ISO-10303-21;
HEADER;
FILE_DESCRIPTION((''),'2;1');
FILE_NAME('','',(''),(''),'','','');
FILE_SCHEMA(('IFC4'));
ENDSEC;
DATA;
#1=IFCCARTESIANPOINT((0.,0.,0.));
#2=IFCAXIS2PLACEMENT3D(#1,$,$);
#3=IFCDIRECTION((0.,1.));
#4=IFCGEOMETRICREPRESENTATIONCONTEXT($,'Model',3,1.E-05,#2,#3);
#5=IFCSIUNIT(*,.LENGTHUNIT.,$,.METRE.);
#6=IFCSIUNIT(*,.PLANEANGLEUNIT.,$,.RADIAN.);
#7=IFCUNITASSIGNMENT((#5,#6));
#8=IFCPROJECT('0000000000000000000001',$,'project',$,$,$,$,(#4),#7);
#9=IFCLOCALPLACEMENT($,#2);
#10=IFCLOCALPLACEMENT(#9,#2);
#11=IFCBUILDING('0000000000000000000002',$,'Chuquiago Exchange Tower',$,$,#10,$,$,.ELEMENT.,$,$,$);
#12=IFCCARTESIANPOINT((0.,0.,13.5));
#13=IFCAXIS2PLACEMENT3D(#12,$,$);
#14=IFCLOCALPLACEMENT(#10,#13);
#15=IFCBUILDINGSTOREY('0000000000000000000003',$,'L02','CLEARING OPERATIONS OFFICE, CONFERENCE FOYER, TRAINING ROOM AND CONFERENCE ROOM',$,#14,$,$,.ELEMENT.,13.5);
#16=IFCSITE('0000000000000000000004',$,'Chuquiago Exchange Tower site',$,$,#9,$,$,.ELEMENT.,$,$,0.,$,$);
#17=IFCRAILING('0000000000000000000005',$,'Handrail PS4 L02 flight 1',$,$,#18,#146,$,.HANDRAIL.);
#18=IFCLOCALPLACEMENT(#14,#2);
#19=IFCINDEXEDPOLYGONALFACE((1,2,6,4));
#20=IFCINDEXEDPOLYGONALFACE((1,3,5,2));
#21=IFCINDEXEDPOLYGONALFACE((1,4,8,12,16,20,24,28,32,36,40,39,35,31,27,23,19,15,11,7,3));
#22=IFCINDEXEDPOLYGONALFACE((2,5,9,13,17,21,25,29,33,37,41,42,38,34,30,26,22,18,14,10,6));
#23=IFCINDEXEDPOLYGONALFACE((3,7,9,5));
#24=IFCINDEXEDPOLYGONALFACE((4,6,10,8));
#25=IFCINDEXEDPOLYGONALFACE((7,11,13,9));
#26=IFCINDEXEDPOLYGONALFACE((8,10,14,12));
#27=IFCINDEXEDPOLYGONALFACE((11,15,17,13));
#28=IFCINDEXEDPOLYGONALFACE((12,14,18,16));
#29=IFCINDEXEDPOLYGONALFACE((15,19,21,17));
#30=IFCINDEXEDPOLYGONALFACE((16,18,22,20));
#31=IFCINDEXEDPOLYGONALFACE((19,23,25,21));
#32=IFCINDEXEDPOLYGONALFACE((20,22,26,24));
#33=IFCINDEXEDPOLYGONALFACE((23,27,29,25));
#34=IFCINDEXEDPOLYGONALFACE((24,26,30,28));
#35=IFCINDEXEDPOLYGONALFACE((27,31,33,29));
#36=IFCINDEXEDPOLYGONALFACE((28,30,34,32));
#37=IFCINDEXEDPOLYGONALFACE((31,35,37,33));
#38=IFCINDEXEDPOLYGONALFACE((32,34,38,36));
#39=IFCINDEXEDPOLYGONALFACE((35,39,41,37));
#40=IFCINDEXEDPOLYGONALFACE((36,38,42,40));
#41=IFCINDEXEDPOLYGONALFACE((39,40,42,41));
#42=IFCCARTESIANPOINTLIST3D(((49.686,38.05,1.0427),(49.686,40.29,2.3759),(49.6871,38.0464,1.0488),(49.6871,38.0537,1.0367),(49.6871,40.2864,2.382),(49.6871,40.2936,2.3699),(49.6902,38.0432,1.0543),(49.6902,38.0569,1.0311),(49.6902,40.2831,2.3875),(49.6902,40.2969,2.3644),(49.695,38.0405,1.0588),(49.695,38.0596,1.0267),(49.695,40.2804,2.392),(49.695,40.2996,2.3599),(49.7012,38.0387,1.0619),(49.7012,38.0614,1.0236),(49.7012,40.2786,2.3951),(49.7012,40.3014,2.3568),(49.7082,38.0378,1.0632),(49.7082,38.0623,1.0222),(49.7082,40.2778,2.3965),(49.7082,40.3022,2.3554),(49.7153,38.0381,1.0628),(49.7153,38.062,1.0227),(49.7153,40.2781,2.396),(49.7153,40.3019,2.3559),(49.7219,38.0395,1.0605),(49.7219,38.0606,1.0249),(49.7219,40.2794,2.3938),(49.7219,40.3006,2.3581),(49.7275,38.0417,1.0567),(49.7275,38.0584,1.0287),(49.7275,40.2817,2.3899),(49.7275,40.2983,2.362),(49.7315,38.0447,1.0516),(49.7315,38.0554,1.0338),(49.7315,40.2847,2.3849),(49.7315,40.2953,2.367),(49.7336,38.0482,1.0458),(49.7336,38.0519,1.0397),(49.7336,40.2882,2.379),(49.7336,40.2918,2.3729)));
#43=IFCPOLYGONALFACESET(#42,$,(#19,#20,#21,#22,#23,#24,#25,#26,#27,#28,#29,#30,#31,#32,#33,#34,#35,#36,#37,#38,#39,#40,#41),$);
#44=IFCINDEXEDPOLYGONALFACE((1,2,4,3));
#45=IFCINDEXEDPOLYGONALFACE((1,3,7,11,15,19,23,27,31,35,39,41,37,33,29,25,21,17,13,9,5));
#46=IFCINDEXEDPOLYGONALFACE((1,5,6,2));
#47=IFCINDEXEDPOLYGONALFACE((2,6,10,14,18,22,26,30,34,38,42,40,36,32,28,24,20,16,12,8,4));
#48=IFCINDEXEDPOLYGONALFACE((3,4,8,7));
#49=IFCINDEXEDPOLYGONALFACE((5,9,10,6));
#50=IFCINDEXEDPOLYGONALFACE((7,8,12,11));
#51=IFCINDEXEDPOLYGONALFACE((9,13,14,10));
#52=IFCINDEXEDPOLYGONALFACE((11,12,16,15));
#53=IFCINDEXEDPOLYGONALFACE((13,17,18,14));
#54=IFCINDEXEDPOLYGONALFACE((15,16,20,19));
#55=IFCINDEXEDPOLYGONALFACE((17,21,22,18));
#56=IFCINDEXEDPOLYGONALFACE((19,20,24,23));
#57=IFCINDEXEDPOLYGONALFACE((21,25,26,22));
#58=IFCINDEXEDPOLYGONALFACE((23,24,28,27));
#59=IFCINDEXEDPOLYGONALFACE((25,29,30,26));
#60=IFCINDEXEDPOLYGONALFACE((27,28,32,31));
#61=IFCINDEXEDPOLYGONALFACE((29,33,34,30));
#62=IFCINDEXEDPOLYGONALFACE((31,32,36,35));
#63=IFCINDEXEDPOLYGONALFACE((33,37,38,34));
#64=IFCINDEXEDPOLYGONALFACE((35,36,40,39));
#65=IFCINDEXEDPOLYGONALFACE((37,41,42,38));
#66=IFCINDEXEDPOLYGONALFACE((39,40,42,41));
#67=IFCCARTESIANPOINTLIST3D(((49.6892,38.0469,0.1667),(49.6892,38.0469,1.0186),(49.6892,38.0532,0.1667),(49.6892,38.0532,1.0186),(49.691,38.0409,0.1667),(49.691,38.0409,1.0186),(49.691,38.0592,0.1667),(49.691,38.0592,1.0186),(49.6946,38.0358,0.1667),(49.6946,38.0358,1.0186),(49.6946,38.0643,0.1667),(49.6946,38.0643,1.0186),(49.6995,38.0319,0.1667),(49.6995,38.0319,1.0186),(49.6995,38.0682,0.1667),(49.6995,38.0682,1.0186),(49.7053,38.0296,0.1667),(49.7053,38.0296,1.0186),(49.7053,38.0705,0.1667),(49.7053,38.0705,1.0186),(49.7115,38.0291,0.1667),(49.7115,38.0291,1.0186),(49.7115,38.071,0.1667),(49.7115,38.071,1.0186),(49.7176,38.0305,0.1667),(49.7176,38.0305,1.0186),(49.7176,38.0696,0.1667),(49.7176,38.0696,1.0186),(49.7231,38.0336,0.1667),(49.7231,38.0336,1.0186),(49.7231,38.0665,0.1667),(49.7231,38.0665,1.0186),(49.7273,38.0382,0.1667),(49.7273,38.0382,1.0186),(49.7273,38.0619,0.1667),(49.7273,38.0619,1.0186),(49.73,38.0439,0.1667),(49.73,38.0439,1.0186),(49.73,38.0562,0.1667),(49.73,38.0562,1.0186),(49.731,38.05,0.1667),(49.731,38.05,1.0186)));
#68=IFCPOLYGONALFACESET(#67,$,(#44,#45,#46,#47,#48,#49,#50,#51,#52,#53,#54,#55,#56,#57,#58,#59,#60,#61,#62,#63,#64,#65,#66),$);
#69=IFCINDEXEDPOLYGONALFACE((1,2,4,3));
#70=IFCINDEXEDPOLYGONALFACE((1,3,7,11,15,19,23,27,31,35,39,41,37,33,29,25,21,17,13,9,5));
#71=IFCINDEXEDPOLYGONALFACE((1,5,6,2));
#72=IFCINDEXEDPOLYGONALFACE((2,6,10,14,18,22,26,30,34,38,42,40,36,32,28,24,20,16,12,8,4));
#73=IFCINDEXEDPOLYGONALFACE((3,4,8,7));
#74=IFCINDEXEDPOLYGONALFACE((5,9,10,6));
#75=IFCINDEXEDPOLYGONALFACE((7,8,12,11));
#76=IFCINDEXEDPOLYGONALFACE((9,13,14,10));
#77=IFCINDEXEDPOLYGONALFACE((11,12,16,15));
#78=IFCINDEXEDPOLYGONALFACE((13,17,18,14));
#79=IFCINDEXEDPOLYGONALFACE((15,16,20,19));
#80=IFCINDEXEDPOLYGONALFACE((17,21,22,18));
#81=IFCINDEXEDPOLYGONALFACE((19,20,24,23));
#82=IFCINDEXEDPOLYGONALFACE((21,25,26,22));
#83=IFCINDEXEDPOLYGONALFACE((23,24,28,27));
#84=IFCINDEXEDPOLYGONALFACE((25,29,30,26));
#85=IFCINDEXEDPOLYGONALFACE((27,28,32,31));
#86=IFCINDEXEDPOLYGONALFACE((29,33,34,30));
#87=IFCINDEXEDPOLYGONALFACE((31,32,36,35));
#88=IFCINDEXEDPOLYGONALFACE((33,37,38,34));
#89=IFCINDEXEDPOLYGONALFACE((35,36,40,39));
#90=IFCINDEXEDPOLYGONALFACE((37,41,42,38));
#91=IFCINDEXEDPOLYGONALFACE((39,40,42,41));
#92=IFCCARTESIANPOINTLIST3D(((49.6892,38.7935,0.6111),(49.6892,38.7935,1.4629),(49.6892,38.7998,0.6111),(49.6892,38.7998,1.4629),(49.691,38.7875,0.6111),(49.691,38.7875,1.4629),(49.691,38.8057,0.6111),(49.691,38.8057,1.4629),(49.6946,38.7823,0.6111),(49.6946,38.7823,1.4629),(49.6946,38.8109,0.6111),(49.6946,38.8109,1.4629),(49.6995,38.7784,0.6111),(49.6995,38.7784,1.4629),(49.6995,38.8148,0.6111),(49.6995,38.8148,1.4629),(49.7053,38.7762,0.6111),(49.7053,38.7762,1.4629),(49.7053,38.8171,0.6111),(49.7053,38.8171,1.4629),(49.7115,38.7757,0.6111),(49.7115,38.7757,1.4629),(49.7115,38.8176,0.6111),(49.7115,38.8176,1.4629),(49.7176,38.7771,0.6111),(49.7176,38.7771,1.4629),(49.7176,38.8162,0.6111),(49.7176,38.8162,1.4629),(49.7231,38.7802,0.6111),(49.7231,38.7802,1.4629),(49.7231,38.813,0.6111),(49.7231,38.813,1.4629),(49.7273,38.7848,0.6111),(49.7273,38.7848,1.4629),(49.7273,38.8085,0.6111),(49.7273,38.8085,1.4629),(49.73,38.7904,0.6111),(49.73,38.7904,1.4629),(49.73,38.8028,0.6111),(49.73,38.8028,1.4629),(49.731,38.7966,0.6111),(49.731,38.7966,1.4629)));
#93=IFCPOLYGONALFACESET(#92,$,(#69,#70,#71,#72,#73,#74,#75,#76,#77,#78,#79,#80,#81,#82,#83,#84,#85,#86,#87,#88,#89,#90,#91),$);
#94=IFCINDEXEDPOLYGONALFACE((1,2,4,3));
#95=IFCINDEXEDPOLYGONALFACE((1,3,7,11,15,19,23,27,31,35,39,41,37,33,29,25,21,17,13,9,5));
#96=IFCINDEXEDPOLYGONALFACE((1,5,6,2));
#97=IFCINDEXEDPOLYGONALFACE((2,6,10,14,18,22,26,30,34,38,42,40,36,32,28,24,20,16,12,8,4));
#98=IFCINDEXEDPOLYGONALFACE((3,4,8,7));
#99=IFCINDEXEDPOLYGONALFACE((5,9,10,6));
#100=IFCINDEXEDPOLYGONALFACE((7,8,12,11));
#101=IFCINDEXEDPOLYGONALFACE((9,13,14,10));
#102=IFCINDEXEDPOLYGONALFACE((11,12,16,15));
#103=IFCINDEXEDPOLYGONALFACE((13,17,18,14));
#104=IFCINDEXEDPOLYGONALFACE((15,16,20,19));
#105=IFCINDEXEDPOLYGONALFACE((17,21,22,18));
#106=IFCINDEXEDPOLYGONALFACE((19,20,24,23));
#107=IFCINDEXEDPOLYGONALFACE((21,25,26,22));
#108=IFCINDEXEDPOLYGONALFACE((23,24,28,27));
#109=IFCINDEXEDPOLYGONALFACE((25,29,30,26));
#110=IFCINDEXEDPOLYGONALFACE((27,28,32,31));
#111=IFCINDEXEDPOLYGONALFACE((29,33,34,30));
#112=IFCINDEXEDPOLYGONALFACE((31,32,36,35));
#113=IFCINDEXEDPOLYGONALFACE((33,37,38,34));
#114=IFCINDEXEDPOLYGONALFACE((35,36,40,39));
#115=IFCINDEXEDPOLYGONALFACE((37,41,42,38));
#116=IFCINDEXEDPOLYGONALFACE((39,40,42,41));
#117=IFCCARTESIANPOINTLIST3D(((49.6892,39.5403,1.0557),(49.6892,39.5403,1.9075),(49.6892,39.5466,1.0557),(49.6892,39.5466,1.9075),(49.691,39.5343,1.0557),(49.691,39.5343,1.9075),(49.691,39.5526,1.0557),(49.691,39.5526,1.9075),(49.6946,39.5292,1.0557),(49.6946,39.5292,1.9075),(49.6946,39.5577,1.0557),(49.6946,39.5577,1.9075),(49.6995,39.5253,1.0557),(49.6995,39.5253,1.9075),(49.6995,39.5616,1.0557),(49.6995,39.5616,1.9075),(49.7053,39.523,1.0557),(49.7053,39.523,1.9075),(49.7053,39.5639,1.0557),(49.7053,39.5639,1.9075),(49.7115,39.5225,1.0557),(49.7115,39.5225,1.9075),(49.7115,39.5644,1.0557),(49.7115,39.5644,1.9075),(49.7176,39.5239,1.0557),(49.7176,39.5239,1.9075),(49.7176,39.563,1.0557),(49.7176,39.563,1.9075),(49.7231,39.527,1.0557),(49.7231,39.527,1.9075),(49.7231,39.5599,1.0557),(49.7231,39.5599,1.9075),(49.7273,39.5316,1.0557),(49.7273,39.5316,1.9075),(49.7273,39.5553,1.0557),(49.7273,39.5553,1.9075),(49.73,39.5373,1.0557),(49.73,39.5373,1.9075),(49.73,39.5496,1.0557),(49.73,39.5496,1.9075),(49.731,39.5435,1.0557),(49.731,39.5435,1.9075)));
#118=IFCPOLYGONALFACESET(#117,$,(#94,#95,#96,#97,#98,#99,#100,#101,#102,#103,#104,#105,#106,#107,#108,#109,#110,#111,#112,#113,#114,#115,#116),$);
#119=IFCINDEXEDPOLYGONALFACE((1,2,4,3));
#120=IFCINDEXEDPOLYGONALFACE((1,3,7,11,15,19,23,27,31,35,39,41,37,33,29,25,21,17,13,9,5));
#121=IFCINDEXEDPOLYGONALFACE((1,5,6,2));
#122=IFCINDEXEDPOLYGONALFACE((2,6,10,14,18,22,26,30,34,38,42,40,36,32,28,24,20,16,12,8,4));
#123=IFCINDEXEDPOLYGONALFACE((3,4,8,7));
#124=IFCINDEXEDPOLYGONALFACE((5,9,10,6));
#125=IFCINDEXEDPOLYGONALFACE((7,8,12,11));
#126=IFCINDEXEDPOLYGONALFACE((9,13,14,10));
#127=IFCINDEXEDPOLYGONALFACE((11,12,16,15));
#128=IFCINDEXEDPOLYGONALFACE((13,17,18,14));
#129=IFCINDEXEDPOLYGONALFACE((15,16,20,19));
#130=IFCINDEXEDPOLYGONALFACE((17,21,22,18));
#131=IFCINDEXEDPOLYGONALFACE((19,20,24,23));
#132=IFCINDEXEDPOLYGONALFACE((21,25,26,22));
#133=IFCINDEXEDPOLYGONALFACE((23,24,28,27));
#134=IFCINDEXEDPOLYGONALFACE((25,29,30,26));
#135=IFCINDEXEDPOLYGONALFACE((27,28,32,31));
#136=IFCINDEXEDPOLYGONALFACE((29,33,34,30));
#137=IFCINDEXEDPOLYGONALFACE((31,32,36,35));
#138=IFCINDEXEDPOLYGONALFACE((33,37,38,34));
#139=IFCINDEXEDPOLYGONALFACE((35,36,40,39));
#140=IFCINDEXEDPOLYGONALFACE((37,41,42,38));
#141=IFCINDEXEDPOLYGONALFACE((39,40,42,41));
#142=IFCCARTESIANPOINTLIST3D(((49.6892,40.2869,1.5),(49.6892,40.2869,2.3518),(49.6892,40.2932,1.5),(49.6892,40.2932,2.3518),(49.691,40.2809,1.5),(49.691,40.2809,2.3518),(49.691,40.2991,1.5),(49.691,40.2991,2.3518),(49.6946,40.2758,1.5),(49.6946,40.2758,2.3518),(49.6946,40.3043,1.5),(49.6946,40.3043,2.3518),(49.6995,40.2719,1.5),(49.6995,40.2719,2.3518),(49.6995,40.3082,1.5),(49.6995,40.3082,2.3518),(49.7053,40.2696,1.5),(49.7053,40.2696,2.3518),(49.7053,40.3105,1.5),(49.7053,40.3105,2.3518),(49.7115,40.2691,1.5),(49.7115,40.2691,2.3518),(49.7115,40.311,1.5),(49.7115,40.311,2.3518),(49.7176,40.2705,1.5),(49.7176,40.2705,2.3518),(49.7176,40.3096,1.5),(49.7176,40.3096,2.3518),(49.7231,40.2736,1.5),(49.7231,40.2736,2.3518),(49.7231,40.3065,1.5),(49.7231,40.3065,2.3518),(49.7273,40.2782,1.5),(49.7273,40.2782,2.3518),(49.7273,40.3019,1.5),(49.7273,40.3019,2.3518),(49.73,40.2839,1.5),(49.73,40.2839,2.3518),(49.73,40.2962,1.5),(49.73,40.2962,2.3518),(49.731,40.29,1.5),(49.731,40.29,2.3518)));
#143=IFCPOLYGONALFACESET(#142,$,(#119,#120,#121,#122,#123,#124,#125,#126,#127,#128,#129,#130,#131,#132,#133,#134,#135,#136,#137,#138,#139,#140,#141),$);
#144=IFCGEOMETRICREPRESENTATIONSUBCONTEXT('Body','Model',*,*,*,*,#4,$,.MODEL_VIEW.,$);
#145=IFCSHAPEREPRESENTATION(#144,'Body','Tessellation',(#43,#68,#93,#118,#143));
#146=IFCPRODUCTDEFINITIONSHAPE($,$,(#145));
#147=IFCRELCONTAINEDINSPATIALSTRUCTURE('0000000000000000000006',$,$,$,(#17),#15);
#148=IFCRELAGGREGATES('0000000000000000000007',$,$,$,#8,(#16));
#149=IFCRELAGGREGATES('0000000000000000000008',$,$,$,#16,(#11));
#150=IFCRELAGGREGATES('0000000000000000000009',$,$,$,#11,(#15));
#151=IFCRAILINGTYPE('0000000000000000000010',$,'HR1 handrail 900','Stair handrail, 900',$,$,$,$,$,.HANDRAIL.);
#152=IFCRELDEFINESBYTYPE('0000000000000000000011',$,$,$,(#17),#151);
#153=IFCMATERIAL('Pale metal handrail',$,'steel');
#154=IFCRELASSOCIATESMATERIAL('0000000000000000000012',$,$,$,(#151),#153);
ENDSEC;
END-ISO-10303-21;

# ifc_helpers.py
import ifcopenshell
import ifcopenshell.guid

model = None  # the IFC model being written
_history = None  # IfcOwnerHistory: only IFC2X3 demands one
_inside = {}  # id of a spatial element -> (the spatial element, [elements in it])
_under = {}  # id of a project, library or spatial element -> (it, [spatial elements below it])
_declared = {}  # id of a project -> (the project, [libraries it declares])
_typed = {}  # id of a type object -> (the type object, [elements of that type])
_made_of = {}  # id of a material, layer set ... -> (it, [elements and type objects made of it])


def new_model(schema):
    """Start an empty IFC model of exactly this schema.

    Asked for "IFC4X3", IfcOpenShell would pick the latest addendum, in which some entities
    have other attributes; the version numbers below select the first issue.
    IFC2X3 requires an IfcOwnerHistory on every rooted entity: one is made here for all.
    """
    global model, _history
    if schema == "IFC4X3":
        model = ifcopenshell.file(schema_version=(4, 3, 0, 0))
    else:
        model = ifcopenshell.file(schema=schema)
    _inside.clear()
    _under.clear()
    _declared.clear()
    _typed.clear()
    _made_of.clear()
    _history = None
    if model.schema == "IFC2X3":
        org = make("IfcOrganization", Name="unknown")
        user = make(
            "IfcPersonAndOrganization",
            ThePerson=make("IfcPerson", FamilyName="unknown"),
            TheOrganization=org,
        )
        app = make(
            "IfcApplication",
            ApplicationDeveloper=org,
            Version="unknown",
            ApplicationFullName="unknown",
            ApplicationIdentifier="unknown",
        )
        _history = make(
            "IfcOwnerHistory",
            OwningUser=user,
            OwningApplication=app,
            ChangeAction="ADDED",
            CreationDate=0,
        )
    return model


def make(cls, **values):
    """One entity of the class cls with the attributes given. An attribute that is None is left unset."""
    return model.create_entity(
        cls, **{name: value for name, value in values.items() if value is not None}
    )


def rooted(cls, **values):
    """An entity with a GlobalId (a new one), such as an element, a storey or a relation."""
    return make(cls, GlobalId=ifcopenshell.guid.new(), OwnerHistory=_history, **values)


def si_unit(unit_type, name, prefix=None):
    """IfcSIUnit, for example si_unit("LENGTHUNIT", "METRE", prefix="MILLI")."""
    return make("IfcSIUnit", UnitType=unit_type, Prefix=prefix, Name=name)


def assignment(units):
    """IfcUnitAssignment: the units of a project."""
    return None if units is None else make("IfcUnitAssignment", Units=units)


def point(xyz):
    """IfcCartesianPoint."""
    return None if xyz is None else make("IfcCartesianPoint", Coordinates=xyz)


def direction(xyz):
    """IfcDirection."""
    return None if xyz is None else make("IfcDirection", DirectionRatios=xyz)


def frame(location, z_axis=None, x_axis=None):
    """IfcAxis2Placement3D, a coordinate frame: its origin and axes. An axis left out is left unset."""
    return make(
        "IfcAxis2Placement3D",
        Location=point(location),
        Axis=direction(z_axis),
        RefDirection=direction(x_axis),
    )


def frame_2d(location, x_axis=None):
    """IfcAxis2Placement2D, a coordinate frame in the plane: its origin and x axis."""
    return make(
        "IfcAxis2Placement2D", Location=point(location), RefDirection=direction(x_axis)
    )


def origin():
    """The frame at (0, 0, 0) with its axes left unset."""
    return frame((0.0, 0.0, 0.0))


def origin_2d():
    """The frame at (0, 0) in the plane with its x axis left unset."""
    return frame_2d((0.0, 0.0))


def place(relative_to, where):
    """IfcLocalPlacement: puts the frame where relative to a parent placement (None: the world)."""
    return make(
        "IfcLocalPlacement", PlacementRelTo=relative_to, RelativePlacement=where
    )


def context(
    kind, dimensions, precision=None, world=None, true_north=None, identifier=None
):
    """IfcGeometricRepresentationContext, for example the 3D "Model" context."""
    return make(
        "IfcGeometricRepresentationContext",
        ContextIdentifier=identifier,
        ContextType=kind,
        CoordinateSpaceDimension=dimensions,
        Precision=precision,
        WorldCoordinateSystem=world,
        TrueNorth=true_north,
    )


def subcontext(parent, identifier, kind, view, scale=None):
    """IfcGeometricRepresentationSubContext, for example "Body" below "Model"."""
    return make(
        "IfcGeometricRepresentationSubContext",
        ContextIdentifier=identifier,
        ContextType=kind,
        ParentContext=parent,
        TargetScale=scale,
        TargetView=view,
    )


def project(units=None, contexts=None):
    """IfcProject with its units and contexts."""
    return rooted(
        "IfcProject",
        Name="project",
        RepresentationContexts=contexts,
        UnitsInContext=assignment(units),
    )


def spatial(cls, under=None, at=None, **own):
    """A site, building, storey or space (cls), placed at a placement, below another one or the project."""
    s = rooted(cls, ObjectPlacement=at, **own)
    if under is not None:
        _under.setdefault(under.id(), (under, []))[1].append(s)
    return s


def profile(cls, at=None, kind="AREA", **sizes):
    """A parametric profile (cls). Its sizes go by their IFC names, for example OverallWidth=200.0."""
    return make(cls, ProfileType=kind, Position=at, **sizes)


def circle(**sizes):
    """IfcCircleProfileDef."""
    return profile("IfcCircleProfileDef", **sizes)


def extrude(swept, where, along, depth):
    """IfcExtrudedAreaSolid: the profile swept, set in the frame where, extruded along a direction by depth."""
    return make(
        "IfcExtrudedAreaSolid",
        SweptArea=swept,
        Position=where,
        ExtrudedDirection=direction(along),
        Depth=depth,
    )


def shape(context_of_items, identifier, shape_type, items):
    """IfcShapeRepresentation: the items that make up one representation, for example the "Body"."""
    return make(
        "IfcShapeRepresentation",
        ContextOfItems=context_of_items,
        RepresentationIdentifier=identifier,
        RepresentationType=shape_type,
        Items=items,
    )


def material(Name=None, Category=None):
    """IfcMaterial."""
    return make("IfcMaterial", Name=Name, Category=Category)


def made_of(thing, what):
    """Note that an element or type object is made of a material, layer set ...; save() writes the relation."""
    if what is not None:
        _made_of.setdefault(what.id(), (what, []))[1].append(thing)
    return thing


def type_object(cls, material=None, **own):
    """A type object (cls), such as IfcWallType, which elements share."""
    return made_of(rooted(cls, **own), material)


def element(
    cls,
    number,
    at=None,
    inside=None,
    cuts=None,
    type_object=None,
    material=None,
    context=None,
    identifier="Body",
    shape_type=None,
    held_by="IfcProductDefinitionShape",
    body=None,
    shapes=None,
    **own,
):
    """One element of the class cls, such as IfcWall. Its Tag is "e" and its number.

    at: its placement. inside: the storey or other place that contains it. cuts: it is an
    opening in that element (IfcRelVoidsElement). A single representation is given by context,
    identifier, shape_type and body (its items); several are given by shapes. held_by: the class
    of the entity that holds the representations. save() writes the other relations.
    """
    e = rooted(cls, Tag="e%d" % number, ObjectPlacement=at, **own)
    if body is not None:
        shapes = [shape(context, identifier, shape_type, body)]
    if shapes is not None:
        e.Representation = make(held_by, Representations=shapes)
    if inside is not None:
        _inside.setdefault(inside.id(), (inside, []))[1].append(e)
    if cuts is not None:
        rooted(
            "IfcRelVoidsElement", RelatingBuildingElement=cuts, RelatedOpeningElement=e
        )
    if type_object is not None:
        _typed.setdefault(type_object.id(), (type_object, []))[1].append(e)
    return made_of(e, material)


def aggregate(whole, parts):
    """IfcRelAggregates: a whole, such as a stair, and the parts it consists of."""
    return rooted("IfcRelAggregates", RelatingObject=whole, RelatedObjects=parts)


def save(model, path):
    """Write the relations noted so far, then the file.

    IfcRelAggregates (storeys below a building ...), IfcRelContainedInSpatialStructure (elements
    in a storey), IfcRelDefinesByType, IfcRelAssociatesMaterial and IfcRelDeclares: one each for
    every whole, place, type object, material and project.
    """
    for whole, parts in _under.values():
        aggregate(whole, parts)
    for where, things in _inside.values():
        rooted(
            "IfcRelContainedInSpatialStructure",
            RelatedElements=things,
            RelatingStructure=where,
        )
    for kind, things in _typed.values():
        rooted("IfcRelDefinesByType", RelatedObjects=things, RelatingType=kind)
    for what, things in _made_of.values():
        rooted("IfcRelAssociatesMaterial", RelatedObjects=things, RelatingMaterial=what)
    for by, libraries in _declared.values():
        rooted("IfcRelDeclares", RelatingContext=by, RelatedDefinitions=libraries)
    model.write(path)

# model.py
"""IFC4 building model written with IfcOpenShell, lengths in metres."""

from ifc_helpers import new_model, si_unit, direction, frame, origin, origin_2d, place, context, subcontext, project, spatial, circle, extrude, material, type_object, element, save


model = new_model("IFC4")

# Units and contexts
model_context = context("Model", 3, precision=1e-05, world=origin(), true_north=direction((0.0, 1.0)))
body_context = subcontext(model_context, "Body", "Model", "MODEL_VIEW")
ifc_project = project(units=[si_unit("LENGTHUNIT", "METRE"), si_unit("PLANEANGLEUNIT", "RADIAN")], contexts=[model_context])

# Site, building, storey
site_placement = place(None, origin())
site = spatial("IfcSite", under=ifc_project, at=site_placement, Name="Chuquiago Exchange Tower site", CompositionType="ELEMENT", RefElevation=0.0)
building_placement = place(site_placement, origin())
building = spatial("IfcBuilding", under=site, at=building_placement, Name="Chuquiago Exchange Tower", CompositionType="ELEMENT")
storey_placement = place(building_placement, frame((0.0, 0.0, 13.5)))
storey = spatial("IfcBuildingStorey", under=building, at=storey_placement, Name="L02", Description="CLEARING OPERATIONS OFFICE, CONFERENCE FOYER, TRAINING ROOM AND CONFERENCE ROOM", CompositionType="ELEMENT", Elevation=13.5)

# Railing
ifc_material_1 = material(Name="Pale metal handrail", Category="steel")
railing_type = type_object("IfcRailingType", Name="HR1 handrail 900", Description="Stair handrail, 900", PredefinedType="HANDRAIL", material=ifc_material_1)
for number, where, name in (
    (1, (49.71, 38.05, 0.1667), "Handrail PS4 L02 flight 1"),
):
    element("IfcRailing", number, at=place(storey_placement, frame(where)), inside=storey, type_object=railing_type, Name=name, PredefinedType="HANDRAIL", context=body_context, shape_type="SweptSolid", body=[
        extrude(circle(Radius=0.0239, at=origin_2d()), frame((0.0, 0.0, 0.876), z_axis=(0.0, 0.859306, 0.511462), x_axis=(-1.0, 0.0, 0.0)), (0.0, 0.0, 1.0), 2.6067),
        extrude(circle(Radius=0.021, at=origin_2d()), origin(), (0.0, 0.0, 1.0), 0.8518),
        extrude(circle(Radius=0.021, at=origin_2d()), frame((0.0, 0.7466, 0.4443)), (0.0, 0.0, 1.0), 0.8518),
        extrude(circle(Radius=0.021, at=origin_2d()), frame((0.0, 1.4934, 0.8889)), (0.0, 0.0, 1.0), 0.8518),
        extrude(circle(Radius=0.021, at=origin_2d()), frame((0.0, 2.24, 1.3333)), (0.0, 0.0, 1.0), 0.8518),
    ])

save(model, "model.ifc")
